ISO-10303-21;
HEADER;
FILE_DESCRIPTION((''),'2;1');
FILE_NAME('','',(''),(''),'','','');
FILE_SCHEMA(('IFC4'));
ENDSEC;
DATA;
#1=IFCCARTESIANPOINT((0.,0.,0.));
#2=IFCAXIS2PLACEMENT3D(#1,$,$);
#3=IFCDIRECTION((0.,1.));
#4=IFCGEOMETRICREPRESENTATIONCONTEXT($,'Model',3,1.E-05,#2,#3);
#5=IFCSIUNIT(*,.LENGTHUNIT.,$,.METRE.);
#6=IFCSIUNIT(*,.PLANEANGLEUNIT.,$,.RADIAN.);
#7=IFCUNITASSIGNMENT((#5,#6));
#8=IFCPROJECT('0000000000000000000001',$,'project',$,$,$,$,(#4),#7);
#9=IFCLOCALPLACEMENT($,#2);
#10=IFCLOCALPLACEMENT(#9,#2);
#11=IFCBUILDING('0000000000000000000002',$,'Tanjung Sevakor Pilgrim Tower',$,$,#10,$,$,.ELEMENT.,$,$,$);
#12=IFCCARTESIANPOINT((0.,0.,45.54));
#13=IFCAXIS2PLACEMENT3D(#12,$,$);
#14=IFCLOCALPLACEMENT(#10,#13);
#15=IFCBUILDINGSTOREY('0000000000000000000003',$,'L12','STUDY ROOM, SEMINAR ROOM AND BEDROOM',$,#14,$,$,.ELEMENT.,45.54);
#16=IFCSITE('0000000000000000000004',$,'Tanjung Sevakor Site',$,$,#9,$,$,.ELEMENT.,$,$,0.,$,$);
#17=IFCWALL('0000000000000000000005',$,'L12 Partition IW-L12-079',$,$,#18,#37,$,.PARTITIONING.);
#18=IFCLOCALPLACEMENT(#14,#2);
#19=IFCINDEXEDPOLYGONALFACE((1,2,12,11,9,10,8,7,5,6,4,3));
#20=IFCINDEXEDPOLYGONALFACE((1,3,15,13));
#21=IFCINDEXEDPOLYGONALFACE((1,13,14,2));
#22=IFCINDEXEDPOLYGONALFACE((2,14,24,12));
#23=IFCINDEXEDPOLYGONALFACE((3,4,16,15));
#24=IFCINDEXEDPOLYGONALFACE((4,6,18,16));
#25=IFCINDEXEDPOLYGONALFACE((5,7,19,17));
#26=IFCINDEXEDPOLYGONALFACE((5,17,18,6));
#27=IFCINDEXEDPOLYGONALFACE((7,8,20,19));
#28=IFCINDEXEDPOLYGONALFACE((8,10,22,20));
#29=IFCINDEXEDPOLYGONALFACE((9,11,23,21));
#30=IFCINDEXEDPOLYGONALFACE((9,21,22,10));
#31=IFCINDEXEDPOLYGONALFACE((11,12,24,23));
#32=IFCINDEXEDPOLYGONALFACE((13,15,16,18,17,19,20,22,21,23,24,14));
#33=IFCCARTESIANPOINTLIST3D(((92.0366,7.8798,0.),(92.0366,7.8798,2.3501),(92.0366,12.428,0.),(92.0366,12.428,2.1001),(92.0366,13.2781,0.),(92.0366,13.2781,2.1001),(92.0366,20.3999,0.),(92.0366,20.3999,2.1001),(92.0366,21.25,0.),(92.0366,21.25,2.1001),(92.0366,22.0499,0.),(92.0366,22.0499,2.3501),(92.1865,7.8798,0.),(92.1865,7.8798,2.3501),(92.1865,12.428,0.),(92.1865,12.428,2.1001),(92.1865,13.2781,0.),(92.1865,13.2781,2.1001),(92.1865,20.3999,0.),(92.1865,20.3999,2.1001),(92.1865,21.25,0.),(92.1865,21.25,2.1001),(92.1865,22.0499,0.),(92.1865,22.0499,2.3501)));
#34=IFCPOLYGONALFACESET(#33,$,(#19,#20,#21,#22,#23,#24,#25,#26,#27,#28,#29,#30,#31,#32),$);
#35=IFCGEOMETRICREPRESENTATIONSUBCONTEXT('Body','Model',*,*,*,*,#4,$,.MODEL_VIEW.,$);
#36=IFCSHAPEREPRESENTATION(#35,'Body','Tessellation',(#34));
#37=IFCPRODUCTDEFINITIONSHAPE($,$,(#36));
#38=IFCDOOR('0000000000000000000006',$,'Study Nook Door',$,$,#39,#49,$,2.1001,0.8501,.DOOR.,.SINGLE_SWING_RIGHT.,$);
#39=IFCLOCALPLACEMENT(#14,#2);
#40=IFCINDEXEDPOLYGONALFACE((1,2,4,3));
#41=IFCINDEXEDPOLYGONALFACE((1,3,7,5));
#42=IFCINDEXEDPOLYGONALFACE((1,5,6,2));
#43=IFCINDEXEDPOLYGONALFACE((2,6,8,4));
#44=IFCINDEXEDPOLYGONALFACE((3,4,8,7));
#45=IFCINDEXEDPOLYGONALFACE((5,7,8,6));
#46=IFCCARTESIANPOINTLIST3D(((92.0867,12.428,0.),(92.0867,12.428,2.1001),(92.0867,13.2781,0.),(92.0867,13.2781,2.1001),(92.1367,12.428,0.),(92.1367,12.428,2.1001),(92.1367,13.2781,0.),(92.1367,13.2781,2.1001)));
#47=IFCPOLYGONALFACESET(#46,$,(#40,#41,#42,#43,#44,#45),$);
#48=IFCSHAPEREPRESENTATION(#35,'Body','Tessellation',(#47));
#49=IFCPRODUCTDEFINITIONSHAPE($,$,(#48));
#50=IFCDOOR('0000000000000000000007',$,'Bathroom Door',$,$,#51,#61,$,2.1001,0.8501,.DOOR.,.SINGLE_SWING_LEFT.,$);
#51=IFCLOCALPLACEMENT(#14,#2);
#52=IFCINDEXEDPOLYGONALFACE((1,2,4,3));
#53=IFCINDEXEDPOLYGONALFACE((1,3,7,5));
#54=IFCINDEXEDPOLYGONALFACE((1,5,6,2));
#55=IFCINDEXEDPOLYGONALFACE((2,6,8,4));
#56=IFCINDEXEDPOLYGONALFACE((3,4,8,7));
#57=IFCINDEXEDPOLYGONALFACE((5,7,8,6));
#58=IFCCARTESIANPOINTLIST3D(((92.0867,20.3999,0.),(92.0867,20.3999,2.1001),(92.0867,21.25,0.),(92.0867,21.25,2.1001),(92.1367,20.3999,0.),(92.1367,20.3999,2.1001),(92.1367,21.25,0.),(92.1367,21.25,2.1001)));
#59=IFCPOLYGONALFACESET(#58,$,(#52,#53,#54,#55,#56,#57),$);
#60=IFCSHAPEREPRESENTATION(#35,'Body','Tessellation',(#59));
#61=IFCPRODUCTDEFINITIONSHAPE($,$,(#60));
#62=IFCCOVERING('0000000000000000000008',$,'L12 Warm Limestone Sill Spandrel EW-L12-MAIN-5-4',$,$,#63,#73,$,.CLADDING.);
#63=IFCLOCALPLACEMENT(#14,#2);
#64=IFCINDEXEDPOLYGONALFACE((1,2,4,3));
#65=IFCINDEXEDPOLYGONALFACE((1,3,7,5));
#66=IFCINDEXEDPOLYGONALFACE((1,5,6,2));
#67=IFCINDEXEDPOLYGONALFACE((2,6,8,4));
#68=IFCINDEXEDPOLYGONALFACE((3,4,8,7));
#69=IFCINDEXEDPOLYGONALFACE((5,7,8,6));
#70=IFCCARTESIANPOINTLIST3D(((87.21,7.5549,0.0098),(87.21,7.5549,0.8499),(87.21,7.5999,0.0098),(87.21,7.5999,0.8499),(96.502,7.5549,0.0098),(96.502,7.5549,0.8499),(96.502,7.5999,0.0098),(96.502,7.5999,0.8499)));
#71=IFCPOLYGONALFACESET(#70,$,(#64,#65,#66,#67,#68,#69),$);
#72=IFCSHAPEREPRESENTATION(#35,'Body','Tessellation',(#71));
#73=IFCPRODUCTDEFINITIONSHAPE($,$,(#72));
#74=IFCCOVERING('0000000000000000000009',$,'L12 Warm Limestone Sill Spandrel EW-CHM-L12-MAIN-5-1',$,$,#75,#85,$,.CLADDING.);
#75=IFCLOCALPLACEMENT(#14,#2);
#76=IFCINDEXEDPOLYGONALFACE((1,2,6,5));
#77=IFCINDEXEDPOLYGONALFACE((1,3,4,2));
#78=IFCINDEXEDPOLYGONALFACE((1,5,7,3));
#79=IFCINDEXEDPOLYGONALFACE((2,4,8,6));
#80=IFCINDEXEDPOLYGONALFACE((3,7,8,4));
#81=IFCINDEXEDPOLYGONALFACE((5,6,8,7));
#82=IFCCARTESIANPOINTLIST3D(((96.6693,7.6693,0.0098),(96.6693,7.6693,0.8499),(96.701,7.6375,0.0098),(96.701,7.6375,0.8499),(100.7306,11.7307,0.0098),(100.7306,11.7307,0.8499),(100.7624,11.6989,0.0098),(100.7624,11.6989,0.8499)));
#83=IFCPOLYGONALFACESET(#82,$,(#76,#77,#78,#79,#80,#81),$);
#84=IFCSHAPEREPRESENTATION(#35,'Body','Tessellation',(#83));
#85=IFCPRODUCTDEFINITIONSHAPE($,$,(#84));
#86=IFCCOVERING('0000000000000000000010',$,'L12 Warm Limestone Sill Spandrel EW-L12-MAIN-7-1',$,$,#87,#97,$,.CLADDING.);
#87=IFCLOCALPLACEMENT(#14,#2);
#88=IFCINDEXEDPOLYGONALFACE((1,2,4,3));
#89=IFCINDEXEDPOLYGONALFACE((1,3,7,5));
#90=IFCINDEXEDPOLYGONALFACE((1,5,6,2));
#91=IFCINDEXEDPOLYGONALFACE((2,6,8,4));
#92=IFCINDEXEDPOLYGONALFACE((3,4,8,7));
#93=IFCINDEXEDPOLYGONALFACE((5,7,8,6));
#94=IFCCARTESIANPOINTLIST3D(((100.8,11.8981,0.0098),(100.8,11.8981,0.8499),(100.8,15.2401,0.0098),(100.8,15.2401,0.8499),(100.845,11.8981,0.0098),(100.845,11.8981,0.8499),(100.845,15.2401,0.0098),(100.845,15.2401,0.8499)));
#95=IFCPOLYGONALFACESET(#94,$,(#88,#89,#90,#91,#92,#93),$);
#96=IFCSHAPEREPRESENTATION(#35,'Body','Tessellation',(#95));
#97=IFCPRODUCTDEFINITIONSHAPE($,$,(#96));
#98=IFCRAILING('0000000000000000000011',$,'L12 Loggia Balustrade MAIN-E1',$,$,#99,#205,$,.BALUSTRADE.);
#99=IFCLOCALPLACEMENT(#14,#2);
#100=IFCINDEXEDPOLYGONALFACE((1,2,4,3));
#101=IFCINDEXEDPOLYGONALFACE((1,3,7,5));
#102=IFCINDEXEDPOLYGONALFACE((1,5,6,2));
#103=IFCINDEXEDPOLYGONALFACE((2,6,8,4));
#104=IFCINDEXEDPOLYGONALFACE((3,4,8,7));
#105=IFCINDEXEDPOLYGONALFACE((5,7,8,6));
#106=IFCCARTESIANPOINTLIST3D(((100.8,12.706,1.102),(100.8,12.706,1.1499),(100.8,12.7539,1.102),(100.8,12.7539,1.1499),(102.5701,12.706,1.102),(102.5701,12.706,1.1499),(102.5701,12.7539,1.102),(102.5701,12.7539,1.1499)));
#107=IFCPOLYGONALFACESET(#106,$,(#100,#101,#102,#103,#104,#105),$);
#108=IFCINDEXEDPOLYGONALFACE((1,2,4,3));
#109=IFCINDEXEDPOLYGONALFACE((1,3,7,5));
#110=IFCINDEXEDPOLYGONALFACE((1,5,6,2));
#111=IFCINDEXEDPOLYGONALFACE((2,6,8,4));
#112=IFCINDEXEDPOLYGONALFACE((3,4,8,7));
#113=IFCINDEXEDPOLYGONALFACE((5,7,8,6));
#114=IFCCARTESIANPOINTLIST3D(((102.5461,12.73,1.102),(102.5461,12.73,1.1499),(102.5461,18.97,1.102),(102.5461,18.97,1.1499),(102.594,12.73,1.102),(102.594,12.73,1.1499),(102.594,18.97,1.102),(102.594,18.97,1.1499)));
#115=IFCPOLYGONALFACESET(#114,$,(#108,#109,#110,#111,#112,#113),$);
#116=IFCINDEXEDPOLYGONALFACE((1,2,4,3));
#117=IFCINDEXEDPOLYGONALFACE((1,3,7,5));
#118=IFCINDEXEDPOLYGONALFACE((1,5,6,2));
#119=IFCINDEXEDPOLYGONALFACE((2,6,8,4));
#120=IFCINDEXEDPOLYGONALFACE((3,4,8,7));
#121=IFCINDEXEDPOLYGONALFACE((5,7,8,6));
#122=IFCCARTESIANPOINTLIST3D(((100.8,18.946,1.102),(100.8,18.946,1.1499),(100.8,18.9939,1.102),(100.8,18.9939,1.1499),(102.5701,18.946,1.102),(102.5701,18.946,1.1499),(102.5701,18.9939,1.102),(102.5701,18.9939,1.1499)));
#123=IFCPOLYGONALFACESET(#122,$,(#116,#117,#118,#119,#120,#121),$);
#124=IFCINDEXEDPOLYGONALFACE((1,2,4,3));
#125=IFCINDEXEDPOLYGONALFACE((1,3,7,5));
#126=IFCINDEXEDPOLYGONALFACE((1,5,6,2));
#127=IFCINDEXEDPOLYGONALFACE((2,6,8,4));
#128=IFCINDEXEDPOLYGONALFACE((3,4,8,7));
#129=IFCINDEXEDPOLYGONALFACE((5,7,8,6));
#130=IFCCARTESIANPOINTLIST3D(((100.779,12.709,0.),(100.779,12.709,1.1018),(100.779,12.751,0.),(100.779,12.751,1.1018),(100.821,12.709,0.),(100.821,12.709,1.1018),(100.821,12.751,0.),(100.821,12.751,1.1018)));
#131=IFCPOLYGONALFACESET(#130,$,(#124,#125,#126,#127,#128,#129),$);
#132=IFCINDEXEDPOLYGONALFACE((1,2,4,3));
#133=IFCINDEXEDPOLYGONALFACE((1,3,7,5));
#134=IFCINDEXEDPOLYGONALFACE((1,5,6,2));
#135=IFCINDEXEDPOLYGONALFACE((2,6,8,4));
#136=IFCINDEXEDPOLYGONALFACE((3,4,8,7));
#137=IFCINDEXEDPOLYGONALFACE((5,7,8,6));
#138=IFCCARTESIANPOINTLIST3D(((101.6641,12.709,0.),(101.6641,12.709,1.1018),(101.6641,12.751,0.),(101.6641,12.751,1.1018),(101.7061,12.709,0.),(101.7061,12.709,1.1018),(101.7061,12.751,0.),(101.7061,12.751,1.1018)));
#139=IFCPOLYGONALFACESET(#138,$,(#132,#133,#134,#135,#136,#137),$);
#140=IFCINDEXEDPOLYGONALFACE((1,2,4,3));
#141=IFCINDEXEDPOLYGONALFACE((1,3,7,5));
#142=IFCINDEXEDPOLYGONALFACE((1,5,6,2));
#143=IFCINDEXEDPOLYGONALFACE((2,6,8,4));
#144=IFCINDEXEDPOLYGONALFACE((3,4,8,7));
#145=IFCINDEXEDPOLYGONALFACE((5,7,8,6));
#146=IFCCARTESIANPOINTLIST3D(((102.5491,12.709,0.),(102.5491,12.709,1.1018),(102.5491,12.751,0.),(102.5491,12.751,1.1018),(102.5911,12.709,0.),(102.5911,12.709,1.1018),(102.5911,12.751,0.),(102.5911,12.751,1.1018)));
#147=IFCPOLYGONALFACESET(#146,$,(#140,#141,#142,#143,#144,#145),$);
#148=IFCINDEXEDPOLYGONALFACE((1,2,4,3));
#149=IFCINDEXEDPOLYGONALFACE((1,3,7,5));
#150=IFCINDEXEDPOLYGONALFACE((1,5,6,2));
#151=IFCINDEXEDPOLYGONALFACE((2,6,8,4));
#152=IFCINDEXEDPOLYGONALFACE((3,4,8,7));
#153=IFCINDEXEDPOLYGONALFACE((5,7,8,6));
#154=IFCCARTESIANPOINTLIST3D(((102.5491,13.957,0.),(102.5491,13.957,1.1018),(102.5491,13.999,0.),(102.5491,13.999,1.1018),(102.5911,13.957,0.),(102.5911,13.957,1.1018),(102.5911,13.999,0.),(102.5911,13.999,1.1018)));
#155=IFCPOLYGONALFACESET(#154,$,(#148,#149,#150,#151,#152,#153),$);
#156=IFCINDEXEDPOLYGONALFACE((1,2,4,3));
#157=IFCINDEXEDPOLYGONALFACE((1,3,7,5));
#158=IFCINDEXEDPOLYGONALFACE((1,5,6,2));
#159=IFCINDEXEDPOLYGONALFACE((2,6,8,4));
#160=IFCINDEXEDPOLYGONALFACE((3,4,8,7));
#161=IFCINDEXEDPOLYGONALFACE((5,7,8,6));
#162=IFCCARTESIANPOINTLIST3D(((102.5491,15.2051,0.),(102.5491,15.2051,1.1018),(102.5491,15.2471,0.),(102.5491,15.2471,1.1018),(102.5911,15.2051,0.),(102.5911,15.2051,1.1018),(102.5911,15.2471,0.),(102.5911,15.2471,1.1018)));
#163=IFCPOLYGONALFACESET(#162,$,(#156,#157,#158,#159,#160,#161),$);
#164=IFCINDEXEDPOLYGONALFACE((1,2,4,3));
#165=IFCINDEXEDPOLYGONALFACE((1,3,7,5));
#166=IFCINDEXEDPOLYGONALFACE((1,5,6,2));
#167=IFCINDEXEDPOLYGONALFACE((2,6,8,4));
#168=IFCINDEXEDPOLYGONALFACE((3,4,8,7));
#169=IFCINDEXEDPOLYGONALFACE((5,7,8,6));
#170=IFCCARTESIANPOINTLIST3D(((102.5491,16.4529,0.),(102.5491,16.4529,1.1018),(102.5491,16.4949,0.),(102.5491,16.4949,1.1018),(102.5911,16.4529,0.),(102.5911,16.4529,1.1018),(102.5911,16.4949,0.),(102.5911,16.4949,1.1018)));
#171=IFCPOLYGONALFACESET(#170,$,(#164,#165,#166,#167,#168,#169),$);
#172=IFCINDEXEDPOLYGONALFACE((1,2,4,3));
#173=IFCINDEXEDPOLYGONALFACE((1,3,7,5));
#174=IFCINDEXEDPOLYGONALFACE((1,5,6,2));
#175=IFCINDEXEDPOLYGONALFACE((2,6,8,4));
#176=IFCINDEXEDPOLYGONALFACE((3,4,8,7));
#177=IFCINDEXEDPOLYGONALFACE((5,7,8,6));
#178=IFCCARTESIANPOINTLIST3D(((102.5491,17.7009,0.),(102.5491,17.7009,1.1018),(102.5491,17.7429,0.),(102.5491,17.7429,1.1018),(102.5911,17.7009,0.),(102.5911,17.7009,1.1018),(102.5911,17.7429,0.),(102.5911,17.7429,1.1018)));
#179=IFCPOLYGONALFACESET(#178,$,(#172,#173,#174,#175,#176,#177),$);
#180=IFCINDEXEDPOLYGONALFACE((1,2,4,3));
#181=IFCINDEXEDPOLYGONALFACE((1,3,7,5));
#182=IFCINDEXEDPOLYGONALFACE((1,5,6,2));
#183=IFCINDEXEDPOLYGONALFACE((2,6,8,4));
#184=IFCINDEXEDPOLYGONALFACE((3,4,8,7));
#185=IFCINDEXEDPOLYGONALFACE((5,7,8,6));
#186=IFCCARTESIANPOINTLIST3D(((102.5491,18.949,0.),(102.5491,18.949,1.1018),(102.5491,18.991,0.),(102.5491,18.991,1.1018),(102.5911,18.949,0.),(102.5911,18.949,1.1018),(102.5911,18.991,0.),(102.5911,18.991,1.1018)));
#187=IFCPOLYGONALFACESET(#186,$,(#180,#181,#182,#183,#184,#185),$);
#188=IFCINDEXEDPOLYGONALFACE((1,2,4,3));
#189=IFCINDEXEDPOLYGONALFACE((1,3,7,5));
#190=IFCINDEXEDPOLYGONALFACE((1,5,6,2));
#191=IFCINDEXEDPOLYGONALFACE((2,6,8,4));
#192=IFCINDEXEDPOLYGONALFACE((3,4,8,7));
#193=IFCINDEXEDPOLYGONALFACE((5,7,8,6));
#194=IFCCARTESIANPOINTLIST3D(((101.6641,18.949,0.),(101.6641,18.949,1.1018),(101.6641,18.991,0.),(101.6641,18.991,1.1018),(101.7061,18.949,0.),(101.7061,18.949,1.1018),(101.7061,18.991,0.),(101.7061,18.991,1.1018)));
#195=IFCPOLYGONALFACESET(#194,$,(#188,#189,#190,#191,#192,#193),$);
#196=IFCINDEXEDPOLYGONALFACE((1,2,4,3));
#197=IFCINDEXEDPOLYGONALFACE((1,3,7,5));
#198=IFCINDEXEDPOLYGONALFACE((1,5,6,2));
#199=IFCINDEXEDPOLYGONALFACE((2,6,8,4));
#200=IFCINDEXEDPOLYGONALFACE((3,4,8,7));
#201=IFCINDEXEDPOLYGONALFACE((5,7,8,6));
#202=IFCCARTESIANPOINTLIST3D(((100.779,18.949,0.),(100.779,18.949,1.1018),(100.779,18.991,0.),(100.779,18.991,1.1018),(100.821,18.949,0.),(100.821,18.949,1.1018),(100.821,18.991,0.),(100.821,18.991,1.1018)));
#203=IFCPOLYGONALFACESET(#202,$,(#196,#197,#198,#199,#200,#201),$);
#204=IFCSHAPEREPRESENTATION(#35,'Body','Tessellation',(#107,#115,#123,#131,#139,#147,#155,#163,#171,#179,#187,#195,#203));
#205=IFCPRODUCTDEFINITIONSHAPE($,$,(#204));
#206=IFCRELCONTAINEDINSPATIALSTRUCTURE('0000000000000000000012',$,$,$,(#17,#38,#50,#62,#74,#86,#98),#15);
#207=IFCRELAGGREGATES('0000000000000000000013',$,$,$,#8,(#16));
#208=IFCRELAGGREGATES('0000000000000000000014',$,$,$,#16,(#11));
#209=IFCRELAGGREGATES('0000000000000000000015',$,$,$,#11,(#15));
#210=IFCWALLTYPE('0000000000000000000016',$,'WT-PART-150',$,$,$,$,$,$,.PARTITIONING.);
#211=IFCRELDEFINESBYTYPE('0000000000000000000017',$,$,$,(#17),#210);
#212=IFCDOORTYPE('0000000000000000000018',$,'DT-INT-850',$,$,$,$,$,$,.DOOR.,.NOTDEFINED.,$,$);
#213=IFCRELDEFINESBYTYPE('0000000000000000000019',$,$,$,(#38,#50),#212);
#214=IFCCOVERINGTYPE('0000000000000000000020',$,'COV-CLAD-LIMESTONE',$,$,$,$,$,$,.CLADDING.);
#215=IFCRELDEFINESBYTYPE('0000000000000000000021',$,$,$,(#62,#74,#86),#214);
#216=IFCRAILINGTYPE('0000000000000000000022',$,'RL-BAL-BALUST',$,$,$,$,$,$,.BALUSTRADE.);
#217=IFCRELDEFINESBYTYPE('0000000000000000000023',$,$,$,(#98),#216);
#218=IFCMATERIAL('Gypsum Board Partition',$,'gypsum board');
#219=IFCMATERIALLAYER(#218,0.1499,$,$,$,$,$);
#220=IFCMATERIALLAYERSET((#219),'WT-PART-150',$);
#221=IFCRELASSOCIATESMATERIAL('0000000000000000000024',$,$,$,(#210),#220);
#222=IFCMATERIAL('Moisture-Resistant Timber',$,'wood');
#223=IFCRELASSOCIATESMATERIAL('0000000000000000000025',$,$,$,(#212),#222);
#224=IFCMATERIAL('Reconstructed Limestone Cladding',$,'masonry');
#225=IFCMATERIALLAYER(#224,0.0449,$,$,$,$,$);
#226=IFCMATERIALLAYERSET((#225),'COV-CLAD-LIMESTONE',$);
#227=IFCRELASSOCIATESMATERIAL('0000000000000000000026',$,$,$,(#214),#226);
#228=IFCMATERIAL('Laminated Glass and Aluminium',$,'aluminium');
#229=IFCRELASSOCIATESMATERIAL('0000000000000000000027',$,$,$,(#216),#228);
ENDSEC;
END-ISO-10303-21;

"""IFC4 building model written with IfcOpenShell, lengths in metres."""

from ifc_helpers import new_model, si_unit, direction, frame, frame_2d, origin, origin_2d, place, context, subcontext, project, spatial, rectangle, extrude, material, layer, layer_set, type_object, element, fill, save


model = new_model("IFC4")

# Units and contexts
model_context = context("Model", 3, precision=1e-05, world=origin(), true_north=direction((0.0, 1.0)))
body_context = subcontext(model_context, "Body", "Model", "MODEL_VIEW")
ifc_project = project(units=[si_unit("LENGTHUNIT", "METRE"), si_unit("PLANEANGLEUNIT", "RADIAN")], contexts=[model_context])

# Site, building, storey
site_placement = place(None, origin())
site = spatial("IfcSite", under=ifc_project, at=site_placement, Name="Tanjung Sevakor Site", CompositionType="ELEMENT", RefElevation=0.0)
building_placement = place(site_placement, origin())
building = spatial("IfcBuilding", under=site, at=building_placement, Name="Tanjung Sevakor Pilgrim Tower", CompositionType="ELEMENT")
storey_placement = place(building_placement, frame((0.0, 0.0, 45.54)))
storey = spatial("IfcBuildingStorey", under=building, at=storey_placement, Name="L12", Description="STUDY ROOM, SEMINAR ROOM AND BEDROOM", CompositionType="ELEMENT", Elevation=45.54)

# Wall, openings, doors
ifc_material_1 = material(Name="Gypsum Board Partition", Category="gypsum board")
ifc_layer_1 = layer(ifc_material_1, 0.1499)
ifc_layer_set_1 = layer_set([ifc_layer_1], Name="WT-PART-150")
wall_type_1 = type_object("IfcWallType", Name="WT-PART-150", PredefinedType="PARTITIONING", material=ifc_layer_set_1)
wall_1_placement = place(storey_placement, frame((92.1116, 7.8799, 0.0), z_axis=(0.0, 0.0, 1.0), x_axis=(0.0, 1.0, 0.0)))
wall_1 = element("IfcWall", 1, at=wall_1_placement, inside=storey, type_object=wall_type_1, Name="L12 Partition IW-L12-079", PredefinedType="PARTITIONING", context=body_context, shape_type="SweptSolid", body=[
    extrude(rectangle(XDim=14.1702, YDim=0.1499, at=frame_2d((7.085, 0.0))), origin(), (0.0, 0.0, 1.0), 2.3501),
])
opening_1_placement = place(wall_1_placement, frame((4.5481, 0.0, 0.0)))
opening_1 = element("IfcOpeningElement", 2, at=opening_1_placement, cuts=wall_1, PredefinedType="OPENING", context=body_context, shape_type="SweptSolid", body=[
    extrude(rectangle(XDim=0.8501, YDim=2.1001, at=frame_2d((0.425, 1.05))), frame((0.0, 0.085, 0.0), z_axis=(0.0, -1.0, 0.0), x_axis=(1.0, 0.0, 0.0)), (0.0, 0.0, 1.0), 0.1699),
])
opening_2_placement = place(wall_1_placement, frame((12.52, 0.0, 0.0)))
opening_2 = element("IfcOpeningElement", 3, at=opening_2_placement, cuts=wall_1, PredefinedType="OPENING", context=body_context, shape_type="SweptSolid", body=[
    extrude(rectangle(XDim=0.8501, YDim=2.1001, at=frame_2d((0.425, 1.05))), frame((0.0, 0.085, 0.0), z_axis=(0.0, -1.0, 0.0), x_axis=(1.0, 0.0, 0.0)), (0.0, 0.0, 1.0), 0.1699),
])
ifc_material_2 = material(Name="Moisture-Resistant Timber", Category="wood")
door_type_1 = type_object("IfcDoorType", Name="DT-INT-850", OperationType="NOTDEFINED", PredefinedType="DOOR", material=ifc_material_2)
door_1_placement = place(opening_1_placement, origin())
door_1 = element("IfcDoor", 4, at=door_1_placement, inside=storey, type_object=door_type_1, Name="Study Nook Door", OperationType="SINGLE_SWING_RIGHT", OverallHeight=2.1001, OverallWidth=0.8501, PredefinedType="DOOR", context=body_context, shape_type="SweptSolid", body=[
    extrude(rectangle(XDim=0.8501, YDim=2.1001, at=frame_2d((0.425, 1.05))), frame((0.0, 0.0249, 0.0), z_axis=(0.0, -1.0, 0.0), x_axis=(1.0, 0.0, 0.0)), (0.0, 0.0, 1.0), 0.05),
])
fill(opening_1, door_1)
door_2_placement = place(opening_2_placement, origin())
door_2 = element("IfcDoor", 5, at=door_2_placement, inside=storey, type_object=door_type_1, Name="Bathroom Door", OperationType="SINGLE_SWING_LEFT", OverallHeight=2.1001, OverallWidth=0.8501, PredefinedType="DOOR", context=body_context, shape_type="SweptSolid", body=[
    extrude(rectangle(XDim=0.8501, YDim=2.1001, at=frame_2d((0.425, 1.05))), frame((0.0, 0.0249, 0.0), z_axis=(0.0, -1.0, 0.0), x_axis=(1.0, 0.0, 0.0)), (0.0, 0.0, 1.0), 0.05),
])
fill(opening_2, door_2)

# Coverings
ifc_material_3 = material(Name="Reconstructed Limestone Cladding", Category="masonry")
ifc_layer_2 = layer(ifc_material_3, 0.0449)
ifc_layer_set_2 = layer_set([ifc_layer_2], Name="COV-CLAD-LIMESTONE")
covering_type = type_object("IfcCoveringType", Name="COV-CLAD-LIMESTONE", PredefinedType="CLADDING", material=ifc_layer_set_2)
covering_1_placement = place(storey_placement, frame((91.856, 7.5774, 0.0098), z_axis=(0.0, 0.0, 1.0), x_axis=(1.0, 0.0, 0.0)))
element("IfcCovering", 6, at=covering_1_placement, inside=storey, type_object=covering_type, Name="L12 Warm Limestone Sill Spandrel EW-L12-MAIN-5-4", PredefinedType="CLADDING", context=body_context, shape_type="SweptSolid", body=[
    extrude(rectangle(XDim=9.292, YDim=0.0449, at=origin_2d()), origin(), (0.0, 0.0, 1.0), 0.8401),
])
covering_2_placement = place(storey_placement, frame((98.7158, 9.6841, 0.0098), z_axis=(0.0, 0.0, 1.0), x_axis=(0.707107, 0.707107, 0.0)))
element("IfcCovering", 7, at=covering_2_placement, inside=storey, type_object=covering_type, Name="L12 Warm Limestone Sill Spandrel EW-CHM-L12-MAIN-5-1", PredefinedType="CLADDING", context=body_context, shape_type="SweptSolid", body=[
    extrude(rectangle(XDim=5.7437, YDim=0.0449, at=origin_2d()), origin(), (0.0, 0.0, 1.0), 0.8401),
])
covering_3_placement = place(storey_placement, frame((100.8225, 13.5691, 0.0098), z_axis=(0.0, 0.0, 1.0), x_axis=(0.0, 1.0, 0.0)))
element("IfcCovering", 8, at=covering_3_placement, inside=storey, type_object=covering_type, Name="L12 Warm Limestone Sill Spandrel EW-L12-MAIN-7-1", PredefinedType="CLADDING", context=body_context, shape_type="SweptSolid", body=[
    extrude(rectangle(XDim=3.342, YDim=0.0449, at=origin_2d()), origin(), (0.0, 0.0, 1.0), 0.8401),
])

# Railing
ifc_material_4 = material(Name="Laminated Glass and Aluminium", Category="aluminium")
railing_type = type_object("IfcRailingType", Name="RL-BAL-BALUST", PredefinedType="BALUSTRADE", material=ifc_material_4)
railing_placement = place(storey_placement, frame((100.8, 12.73, 0.0)))
element("IfcRailing", 9, at=railing_placement, inside=storey, type_object=railing_type, Name="L12 Loggia Balustrade MAIN-E1", PredefinedType="BALUSTRADE", context=body_context, shape_type="SweptSolid", body=[
    extrude(rectangle(XDim=0.0479, YDim=0.0479), frame((0.0, 0.0, 1.126), z_axis=(1.0, 0.0, 0.0), x_axis=(0.0, 1.0, 0.0)), (0.0, 0.0, 1.0), 1.77),
    extrude(rectangle(XDim=0.0479, YDim=0.0479), frame((1.77, 0.0, 1.126), z_axis=(0.0, 1.0, 0.0), x_axis=(-1.0, 0.0, 0.0)), (0.0, 0.0, 1.0), 6.24),
    extrude(rectangle(XDim=0.0479, YDim=0.0479), frame((1.77, 6.24, 1.126), z_axis=(-1.0, 0.0, 0.0), x_axis=(0.0, -1.0, 0.0)), (0.0, 0.0, 1.0), 1.77),
    extrude(rectangle(XDim=0.042, YDim=0.042), origin(), (0.0, 0.0, 1.0), 1.1018),
    extrude(rectangle(XDim=0.042, YDim=0.042), frame((0.885, 0.0, 0.0)), (0.0, 0.0, 1.0), 1.1018),
    extrude(rectangle(XDim=0.042, YDim=0.042), frame((1.77, 0.0, 0.0)), (0.0, 0.0, 1.0), 1.1018),
    extrude(rectangle(XDim=0.042, YDim=0.042), frame((1.77, 1.248, 0.0)), (0.0, 0.0, 1.0), 1.1018),
    extrude(rectangle(XDim=0.042, YDim=0.042), frame((1.77, 2.4961, 0.0)), (0.0, 0.0, 1.0), 1.1018),
    extrude(rectangle(XDim=0.042, YDim=0.042), frame((1.77, 3.7439, 0.0)), (0.0, 0.0, 1.0), 1.1018),
    extrude(rectangle(XDim=0.042, YDim=0.042), frame((1.77, 4.9919, 0.0)), (0.0, 0.0, 1.0), 1.1018),
    extrude(rectangle(XDim=0.042, YDim=0.042), frame((1.77, 6.24, 0.0)), (0.0, 0.0, 1.0), 1.1018),
    extrude(rectangle(XDim=0.042, YDim=0.042), frame((0.885, 6.24, 0.0)), (0.0, 0.0, 1.0), 1.1018),
    extrude(rectangle(XDim=0.042, YDim=0.042), frame((0.0, 6.24, 0.0)), (0.0, 0.0, 1.0), 1.1018),
])

save(model, "model.ifc")
